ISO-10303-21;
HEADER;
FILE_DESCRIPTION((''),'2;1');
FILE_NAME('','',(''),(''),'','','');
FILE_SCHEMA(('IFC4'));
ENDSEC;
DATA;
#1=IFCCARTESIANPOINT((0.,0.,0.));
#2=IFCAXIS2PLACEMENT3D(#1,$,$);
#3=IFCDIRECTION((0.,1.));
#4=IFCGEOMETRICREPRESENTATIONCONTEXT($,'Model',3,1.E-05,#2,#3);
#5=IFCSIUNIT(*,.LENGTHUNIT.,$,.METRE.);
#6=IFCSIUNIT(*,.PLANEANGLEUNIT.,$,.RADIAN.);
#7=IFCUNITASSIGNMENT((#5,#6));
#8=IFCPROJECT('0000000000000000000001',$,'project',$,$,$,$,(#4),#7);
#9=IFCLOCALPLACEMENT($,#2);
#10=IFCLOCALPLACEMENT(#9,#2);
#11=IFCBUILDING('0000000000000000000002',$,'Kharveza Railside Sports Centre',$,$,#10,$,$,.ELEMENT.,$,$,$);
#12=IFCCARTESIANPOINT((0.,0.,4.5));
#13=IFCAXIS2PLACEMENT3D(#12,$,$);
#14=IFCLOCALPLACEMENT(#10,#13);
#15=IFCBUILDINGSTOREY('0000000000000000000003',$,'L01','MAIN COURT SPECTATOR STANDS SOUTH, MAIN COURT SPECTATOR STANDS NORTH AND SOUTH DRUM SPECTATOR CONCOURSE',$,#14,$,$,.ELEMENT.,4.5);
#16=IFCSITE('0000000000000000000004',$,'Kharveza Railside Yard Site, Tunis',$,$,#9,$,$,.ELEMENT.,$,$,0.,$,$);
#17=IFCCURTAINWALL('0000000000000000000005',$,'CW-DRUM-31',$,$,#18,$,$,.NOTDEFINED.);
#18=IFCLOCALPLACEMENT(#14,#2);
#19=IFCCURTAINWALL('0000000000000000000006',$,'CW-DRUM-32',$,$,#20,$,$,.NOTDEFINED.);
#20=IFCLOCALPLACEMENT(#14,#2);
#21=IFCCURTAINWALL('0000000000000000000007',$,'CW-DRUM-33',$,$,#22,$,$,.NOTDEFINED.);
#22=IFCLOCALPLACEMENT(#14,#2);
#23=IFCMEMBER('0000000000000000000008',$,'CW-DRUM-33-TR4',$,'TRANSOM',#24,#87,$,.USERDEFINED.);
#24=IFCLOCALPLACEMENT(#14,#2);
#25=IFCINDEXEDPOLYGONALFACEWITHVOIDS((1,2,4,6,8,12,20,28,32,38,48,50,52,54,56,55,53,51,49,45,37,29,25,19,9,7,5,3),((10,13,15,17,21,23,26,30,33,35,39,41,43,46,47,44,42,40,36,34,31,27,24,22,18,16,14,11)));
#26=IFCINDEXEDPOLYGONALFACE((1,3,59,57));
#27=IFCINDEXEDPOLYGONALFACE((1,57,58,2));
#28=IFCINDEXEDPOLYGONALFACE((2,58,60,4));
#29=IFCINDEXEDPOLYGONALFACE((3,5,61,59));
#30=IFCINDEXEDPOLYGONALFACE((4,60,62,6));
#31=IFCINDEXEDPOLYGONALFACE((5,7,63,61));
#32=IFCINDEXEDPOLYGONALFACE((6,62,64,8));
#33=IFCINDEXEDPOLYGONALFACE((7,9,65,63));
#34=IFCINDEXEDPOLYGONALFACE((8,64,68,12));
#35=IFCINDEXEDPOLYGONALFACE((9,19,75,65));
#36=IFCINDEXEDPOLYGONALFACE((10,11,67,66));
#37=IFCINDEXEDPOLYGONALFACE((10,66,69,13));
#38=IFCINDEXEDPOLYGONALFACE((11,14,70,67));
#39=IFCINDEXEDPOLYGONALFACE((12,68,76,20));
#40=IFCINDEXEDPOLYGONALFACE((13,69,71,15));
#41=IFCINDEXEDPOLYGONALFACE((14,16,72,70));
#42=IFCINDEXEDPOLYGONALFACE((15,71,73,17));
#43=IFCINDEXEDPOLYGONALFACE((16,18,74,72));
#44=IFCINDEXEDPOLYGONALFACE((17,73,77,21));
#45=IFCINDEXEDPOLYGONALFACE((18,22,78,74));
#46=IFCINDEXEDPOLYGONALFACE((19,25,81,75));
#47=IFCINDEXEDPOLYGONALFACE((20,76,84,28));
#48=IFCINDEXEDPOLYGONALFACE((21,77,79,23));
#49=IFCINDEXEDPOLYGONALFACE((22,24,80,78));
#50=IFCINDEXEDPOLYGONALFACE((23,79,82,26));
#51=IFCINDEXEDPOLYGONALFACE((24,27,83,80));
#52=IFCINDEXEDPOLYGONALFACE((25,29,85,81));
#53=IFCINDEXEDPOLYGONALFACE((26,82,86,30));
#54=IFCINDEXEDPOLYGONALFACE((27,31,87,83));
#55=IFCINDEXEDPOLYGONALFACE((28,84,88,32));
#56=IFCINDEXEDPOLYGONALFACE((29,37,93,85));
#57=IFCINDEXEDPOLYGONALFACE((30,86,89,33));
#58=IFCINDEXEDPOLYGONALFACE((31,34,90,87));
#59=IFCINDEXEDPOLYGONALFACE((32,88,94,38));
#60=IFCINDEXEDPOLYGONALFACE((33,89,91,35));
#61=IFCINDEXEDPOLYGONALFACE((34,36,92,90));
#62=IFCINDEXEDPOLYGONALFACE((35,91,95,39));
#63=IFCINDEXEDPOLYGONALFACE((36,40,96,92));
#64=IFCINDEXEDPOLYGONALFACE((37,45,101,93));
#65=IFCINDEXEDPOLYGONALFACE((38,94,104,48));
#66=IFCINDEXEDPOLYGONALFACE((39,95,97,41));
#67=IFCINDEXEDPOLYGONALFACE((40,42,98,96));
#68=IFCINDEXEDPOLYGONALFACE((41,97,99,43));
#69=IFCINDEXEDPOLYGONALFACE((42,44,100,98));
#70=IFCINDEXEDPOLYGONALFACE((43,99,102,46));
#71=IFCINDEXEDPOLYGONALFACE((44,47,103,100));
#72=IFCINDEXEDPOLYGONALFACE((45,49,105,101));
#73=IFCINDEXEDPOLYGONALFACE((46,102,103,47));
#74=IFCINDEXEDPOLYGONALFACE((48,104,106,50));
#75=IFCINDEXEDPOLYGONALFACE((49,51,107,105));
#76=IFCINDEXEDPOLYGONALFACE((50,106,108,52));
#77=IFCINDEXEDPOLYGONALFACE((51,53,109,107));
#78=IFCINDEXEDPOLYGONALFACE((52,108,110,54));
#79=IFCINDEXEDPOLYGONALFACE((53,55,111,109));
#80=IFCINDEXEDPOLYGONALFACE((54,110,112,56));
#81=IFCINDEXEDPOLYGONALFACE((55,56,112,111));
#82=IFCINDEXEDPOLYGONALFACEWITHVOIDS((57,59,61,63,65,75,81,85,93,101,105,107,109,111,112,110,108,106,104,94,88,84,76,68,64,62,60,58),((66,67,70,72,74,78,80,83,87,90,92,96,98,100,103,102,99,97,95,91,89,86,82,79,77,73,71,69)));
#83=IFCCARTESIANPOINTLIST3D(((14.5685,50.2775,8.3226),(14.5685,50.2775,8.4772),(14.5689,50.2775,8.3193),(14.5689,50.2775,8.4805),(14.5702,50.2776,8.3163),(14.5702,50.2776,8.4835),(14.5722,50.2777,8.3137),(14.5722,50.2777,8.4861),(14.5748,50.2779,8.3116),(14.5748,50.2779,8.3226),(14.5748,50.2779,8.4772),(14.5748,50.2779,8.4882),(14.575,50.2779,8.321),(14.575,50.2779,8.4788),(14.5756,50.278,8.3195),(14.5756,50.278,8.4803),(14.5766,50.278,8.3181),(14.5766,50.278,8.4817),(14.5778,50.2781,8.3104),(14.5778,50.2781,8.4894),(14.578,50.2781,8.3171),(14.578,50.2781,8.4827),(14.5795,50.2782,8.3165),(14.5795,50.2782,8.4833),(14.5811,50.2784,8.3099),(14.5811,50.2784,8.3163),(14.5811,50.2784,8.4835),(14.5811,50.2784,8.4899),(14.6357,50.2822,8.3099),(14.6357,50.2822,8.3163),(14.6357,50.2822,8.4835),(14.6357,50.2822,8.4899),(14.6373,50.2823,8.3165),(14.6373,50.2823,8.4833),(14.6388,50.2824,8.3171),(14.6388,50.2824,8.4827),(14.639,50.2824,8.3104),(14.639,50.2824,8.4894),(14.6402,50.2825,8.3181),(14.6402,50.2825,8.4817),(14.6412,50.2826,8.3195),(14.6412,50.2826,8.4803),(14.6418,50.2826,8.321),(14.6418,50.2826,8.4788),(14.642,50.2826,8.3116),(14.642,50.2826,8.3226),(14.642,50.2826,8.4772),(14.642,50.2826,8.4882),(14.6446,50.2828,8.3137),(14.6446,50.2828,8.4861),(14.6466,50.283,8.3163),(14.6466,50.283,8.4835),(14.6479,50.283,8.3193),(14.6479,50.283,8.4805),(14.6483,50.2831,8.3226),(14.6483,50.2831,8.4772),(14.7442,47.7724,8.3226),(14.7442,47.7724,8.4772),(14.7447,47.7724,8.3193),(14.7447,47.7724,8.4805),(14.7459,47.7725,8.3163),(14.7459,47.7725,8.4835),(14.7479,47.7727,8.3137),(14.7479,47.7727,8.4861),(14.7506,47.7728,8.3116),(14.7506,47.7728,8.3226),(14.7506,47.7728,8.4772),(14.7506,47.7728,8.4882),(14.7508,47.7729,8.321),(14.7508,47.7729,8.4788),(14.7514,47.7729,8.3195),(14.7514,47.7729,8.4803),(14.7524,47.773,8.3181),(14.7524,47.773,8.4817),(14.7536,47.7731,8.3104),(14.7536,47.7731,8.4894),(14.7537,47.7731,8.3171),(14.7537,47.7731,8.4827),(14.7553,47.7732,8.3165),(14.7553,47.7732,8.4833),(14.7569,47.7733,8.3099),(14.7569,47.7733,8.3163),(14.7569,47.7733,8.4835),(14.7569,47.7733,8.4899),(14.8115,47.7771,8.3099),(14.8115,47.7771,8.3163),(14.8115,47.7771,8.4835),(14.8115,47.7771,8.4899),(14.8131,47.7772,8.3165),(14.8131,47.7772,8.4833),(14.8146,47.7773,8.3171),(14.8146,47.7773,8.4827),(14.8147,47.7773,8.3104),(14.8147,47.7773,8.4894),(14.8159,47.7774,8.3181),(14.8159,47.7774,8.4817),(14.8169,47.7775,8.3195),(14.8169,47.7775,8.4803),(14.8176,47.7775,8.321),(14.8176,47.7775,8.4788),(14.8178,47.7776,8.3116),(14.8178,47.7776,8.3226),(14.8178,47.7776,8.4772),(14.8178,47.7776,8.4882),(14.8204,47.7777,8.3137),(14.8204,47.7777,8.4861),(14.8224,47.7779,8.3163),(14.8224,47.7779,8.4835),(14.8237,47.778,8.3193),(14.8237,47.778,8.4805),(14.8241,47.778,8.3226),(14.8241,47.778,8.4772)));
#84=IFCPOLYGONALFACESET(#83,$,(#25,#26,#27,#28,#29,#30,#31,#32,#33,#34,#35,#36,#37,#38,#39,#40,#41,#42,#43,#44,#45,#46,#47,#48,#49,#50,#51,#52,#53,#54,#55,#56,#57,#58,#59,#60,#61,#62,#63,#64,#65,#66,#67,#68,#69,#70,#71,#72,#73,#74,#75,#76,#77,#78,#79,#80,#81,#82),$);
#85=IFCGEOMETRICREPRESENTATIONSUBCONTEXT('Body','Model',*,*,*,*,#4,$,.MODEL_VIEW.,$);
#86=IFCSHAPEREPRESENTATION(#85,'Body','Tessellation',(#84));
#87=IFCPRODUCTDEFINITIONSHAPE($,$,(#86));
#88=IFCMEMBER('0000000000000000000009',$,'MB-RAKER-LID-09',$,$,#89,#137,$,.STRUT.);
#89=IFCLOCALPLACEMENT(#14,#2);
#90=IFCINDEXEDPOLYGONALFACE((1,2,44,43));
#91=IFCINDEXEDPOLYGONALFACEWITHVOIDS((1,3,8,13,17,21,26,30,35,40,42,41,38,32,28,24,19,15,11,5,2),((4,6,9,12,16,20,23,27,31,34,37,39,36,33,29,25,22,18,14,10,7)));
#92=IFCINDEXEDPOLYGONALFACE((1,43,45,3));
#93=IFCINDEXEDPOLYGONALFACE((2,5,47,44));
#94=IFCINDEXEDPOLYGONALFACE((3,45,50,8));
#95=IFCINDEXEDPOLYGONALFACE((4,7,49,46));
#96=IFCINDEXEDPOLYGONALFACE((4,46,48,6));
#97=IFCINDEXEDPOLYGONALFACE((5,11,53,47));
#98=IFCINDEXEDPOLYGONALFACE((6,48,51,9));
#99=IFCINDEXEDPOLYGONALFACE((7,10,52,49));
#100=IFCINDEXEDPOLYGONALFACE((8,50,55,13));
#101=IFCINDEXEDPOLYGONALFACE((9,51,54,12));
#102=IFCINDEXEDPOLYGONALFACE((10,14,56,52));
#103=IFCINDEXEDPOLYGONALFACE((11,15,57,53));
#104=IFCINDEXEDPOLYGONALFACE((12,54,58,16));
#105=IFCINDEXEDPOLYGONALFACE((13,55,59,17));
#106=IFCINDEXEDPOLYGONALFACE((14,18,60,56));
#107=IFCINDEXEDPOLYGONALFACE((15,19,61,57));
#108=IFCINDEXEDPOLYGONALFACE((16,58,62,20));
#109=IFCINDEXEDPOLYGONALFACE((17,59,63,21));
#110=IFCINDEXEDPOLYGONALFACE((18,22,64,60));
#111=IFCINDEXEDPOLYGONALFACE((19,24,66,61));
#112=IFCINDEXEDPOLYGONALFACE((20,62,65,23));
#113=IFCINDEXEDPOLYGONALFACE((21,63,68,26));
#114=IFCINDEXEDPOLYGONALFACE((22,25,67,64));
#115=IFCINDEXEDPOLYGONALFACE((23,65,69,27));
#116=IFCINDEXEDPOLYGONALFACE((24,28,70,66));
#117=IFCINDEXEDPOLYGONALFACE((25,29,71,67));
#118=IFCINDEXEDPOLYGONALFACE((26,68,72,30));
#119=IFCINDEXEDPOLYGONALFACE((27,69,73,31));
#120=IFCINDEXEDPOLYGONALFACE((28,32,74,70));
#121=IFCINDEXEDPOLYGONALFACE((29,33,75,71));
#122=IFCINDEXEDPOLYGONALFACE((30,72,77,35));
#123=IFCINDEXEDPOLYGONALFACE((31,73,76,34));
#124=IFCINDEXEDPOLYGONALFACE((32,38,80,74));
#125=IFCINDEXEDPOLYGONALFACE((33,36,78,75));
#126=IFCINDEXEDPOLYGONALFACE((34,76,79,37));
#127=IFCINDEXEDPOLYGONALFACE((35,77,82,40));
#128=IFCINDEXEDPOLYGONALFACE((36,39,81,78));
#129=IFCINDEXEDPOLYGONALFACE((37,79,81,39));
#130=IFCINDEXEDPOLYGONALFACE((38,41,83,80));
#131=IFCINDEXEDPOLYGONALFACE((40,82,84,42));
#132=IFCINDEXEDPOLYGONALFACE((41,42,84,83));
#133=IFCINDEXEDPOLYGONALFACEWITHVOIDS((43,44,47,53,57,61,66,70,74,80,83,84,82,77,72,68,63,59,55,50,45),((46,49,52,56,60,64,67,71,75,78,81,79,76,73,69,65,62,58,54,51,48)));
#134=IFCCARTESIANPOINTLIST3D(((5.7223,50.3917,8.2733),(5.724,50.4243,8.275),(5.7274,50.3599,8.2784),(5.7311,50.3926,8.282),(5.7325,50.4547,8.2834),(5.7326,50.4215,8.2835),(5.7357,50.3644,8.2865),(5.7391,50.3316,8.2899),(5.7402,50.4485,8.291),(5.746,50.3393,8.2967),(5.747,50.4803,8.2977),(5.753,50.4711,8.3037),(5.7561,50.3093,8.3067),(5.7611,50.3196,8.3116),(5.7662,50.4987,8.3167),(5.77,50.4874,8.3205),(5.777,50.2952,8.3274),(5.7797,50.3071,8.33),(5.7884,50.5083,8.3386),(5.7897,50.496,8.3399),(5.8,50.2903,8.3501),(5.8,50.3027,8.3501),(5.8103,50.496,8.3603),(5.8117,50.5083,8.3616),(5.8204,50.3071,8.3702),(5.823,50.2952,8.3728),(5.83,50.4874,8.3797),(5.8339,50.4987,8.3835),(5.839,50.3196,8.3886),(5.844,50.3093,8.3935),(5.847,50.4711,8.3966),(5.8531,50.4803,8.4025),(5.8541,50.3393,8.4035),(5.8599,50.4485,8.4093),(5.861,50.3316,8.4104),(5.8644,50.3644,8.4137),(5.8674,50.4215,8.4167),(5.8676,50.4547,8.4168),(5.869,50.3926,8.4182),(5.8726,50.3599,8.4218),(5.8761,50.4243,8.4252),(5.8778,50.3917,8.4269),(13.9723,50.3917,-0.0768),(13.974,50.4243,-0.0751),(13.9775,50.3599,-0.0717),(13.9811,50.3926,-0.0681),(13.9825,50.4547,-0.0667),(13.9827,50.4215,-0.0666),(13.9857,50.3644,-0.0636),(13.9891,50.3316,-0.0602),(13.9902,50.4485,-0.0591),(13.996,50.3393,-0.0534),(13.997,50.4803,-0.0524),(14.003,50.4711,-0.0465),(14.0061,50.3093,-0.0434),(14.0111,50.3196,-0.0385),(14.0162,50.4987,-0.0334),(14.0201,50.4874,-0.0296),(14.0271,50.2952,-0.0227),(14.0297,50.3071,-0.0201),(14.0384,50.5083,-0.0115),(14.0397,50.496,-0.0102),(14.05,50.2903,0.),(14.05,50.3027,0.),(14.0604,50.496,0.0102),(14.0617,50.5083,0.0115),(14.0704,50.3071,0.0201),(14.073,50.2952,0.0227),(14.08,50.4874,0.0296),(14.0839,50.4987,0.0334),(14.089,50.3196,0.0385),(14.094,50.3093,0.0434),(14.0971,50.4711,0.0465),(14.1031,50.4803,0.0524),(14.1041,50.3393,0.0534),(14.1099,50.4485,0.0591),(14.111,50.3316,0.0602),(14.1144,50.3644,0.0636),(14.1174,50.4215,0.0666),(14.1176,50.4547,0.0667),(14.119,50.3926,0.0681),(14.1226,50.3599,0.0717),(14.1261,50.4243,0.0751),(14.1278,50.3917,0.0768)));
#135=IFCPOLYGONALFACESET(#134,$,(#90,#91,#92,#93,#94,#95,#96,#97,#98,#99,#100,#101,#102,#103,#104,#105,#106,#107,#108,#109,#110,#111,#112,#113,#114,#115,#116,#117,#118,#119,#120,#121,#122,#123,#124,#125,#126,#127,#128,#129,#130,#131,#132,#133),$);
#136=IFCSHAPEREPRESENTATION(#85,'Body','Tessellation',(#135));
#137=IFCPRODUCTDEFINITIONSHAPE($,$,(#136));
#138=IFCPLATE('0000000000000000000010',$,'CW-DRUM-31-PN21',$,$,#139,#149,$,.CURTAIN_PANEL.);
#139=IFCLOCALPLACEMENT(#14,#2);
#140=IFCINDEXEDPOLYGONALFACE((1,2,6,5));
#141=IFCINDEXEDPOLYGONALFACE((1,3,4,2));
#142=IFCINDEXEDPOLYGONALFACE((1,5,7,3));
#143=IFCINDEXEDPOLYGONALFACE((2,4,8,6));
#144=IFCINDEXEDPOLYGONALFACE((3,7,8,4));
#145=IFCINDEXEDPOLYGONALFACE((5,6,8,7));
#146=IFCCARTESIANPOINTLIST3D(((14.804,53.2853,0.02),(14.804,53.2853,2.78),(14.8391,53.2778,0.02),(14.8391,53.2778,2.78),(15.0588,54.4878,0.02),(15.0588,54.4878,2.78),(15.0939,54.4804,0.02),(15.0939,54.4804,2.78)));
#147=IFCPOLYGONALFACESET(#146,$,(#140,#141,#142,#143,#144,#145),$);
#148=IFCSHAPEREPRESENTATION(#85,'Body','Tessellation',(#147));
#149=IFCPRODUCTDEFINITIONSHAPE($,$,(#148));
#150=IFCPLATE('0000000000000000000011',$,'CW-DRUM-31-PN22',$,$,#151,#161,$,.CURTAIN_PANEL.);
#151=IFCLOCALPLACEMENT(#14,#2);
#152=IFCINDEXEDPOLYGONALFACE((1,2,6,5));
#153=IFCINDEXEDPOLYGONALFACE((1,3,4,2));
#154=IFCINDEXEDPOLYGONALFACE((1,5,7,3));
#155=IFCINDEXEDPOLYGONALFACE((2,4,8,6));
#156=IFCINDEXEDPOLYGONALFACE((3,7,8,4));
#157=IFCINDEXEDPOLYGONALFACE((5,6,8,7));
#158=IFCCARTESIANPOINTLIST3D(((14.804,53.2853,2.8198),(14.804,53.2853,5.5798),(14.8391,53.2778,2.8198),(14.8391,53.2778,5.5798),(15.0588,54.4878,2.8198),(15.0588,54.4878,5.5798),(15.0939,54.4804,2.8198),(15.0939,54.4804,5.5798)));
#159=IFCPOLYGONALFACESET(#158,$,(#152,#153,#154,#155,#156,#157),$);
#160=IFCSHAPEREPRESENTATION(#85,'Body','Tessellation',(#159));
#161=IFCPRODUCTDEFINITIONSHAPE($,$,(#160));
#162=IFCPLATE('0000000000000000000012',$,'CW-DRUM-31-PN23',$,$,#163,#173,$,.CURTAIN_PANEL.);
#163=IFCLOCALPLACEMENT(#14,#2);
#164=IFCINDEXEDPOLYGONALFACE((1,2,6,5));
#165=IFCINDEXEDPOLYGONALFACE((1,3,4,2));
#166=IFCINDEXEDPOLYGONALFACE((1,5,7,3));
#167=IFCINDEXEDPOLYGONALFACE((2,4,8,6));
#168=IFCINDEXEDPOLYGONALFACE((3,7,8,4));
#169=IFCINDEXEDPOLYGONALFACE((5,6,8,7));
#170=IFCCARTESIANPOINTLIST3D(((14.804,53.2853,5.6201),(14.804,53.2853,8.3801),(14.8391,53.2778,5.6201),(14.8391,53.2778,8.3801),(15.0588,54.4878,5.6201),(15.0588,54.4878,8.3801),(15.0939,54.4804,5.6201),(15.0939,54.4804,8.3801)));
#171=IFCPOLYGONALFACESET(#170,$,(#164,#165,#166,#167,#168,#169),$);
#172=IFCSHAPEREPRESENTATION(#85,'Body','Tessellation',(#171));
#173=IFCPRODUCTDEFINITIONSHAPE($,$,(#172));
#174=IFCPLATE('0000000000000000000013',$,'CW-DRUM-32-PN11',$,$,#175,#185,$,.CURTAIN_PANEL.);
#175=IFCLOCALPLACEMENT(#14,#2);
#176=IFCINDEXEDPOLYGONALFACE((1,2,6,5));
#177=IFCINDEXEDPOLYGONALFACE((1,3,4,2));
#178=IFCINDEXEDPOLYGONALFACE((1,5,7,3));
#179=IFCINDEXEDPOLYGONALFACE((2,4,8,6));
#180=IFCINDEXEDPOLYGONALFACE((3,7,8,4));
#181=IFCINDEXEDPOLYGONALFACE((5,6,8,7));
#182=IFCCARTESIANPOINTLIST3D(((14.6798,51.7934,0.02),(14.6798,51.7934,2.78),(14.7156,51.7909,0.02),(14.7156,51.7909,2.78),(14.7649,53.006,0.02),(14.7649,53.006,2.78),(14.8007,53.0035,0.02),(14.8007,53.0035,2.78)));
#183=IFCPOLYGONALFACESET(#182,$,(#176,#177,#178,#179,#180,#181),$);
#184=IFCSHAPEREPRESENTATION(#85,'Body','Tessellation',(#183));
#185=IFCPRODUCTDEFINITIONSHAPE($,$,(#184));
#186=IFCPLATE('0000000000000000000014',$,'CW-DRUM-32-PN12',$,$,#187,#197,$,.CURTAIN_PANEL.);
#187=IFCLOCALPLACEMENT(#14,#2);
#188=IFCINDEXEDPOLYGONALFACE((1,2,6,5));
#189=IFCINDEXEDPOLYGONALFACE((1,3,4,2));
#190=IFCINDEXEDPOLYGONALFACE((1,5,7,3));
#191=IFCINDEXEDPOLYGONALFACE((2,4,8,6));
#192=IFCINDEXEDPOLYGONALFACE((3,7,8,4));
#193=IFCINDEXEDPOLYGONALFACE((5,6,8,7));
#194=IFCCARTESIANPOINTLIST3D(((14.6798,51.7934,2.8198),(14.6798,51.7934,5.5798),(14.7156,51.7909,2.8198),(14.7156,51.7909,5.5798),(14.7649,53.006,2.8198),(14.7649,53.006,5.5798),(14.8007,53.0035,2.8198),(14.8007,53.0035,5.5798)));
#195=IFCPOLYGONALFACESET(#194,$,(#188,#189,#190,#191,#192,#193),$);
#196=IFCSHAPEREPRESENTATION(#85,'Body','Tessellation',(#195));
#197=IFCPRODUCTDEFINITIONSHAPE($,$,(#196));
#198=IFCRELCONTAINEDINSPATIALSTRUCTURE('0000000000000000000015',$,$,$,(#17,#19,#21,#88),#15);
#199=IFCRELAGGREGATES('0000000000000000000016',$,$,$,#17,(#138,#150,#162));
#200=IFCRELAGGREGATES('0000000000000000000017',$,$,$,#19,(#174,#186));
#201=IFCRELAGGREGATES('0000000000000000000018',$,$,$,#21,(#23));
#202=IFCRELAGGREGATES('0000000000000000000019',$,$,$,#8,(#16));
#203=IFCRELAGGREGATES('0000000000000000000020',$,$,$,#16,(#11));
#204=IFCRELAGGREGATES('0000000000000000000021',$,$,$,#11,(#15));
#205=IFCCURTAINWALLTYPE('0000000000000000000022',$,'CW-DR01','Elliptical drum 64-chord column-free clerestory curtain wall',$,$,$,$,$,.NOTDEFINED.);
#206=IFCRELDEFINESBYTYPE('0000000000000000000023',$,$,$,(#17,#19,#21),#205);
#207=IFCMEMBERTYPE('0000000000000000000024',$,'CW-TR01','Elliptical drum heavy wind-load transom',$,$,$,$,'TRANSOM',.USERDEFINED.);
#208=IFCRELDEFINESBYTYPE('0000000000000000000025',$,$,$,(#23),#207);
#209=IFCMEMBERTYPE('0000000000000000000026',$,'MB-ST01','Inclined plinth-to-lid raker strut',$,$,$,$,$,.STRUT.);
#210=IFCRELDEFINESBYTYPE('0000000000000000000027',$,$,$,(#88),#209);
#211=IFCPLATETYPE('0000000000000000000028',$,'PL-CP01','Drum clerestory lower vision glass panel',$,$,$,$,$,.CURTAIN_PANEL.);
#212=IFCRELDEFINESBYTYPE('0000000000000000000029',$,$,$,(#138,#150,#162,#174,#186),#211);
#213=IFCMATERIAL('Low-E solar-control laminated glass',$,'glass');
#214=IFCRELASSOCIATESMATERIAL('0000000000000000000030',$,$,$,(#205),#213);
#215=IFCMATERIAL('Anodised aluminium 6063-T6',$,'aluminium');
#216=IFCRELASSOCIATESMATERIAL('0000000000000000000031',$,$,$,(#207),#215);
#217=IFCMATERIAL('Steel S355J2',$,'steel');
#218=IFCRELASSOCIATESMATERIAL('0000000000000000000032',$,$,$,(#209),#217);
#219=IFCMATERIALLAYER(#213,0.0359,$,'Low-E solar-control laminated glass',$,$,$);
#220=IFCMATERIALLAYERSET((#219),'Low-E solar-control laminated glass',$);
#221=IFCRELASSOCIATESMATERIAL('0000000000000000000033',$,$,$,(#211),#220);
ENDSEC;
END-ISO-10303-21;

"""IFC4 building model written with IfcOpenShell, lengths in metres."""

from ifc_helpers import new_model, si_unit, direction, frame, origin, origin_2d, place, context, subcontext, project, spatial, rectangle, hollow_rectangle, hollow_circle, extrude, material, layer, layer_set, material_profile, profile_set, type_object, element, aggregate, save


model = new_model("IFC4")

# Units and contexts
model_context = context("Model", 3, precision=1e-05, world=origin(), true_north=direction((0.0, 1.0)))
body_context = subcontext(model_context, "Body", "Model", "MODEL_VIEW")
ifc_project = project(units=[si_unit("LENGTHUNIT", "METRE"), si_unit("PLANEANGLEUNIT", "RADIAN")], contexts=[model_context])

# Site, building, storey
site_placement = place(None, origin())
site = spatial("IfcSite", under=ifc_project, at=site_placement, Name="Kharveza Railside Yard Site, Tunis", CompositionType="ELEMENT", RefElevation=0.0)
building_placement = place(site_placement, origin())
building = spatial("IfcBuilding", under=site, at=building_placement, Name="Kharveza Railside Sports Centre", CompositionType="ELEMENT")
storey_placement = place(building_placement, frame((0.0, 0.0, 4.5)))
storey = spatial("IfcBuildingStorey", under=building, at=storey_placement, Name="L01", Description="MAIN COURT SPECTATOR STANDS SOUTH, MAIN COURT SPECTATOR STANDS NORTH AND SOUTH DRUM SPECTATOR CONCOURSE", CompositionType="ELEMENT", Elevation=4.5)

# Curtain wall
ifc_material_1 = material(Name="Low-E solar-control laminated glass", Category="glass")
curtain_wall_type = type_object("IfcCurtainWallType", Name="CW-DR01", Description="Elliptical drum 64-chord column-free clerestory curtain wall", PredefinedType="NOTDEFINED", material=ifc_material_1)
curtain_wall_1_placement = place(storey_placement, origin())
curtain_wall_1 = element("IfcCurtainWall", 1, at=curtain_wall_1_placement, inside=storey, type_object=curtain_wall_type, Name="CW-DRUM-31", PredefinedType="NOTDEFINED")
ifc_material_2 = material(Name="Anodised aluminium 6063-T6", Category="aluminium")

# Curtain wall
curtain_wall_2_placement = place(storey_placement, origin())
curtain_wall_2 = element("IfcCurtainWall", 2, at=curtain_wall_2_placement, inside=storey, type_object=curtain_wall_type, Name="CW-DRUM-32", PredefinedType="NOTDEFINED")

# Curtain wall
curtain_wall_3_placement = place(storey_placement, origin())
curtain_wall_3 = element("IfcCurtainWall", 3, at=curtain_wall_3_placement, inside=storey, type_object=curtain_wall_type, Name="CW-DRUM-33", PredefinedType="NOTDEFINED")

# Members
ifc_material_profile_1 = material_profile(ifc_material_2, hollow_rectangle(XDim=0.0801, YDim=0.1799, WallThickness=0.0063, InnerFilletRadius=0.0063, OuterFilletRadius=0.0127, at=origin_2d()), Name="RHS 80x180x6.3")
ifc_profile_set_1 = profile_set([ifc_material_profile_1], Name="Anodised aluminium 6063-T6")
member_type_1 = type_object("IfcMemberType", Name="CW-TR01", Description="Elliptical drum heavy wind-load transom", ElementType="TRANSOM", PredefinedType="USERDEFINED", material=ifc_profile_set_1)
member_1_placement = place(storey_placement, frame((14.6084, 50.2803, 8.3999), z_axis=(0.069996, -0.997547, 0.0), x_axis=(0.997547, 0.069996, 0.0)))
member_1 = element("IfcMember", 4, at=member_1_placement, type_object=member_type_1, Name="CW-DRUM-33-TR4", ObjectType="TRANSOM", PredefinedType="USERDEFINED", context=body_context, shape_type="SweptSolid", body=[
    extrude(hollow_rectangle(XDim=0.0801, YDim=0.1799, WallThickness=0.0063, InnerFilletRadius=0.0063, OuterFilletRadius=0.0127, at=origin_2d()), origin(), (0.0, 0.0, 1.0), 2.5112),
])
ifc_material_3 = material(Name="Steel S355J2", Category="steel")
ifc_material_profile_2 = material_profile(ifc_material_3, hollow_circle(Radius=0.1096, WallThickness=0.0125, at=origin_2d()), Name="CHS 219.1x12.5")
ifc_profile_set_2 = profile_set([ifc_material_profile_2], Name="Steel S355J2")
member_type_2 = type_object("IfcMemberType", Name="MB-ST01", Description="Inclined plinth-to-lid raker strut", PredefinedType="STRUT", material=ifc_profile_set_2)
member_2_placement = place(storey_placement, frame((14.05, 50.3999, 0.0), z_axis=(-0.70283, 0.0, 0.711358), x_axis=(0.0, -1.0, 0.0)))
element("IfcMember", 5, at=member_2_placement, inside=storey, type_object=member_type_2, Name="MB-RAKER-LID-09", PredefinedType="STRUT", context=body_context, shape_type="SweptSolid", body=[
    extrude(hollow_circle(Radius=0.1096, WallThickness=0.0125, at=origin_2d()), origin(), (0.0, 0.0, 1.0), 11.7383),
])

# Plates
ifc_layer_1 = layer(ifc_material_1, 0.0359, Name="Low-E solar-control laminated glass")
ifc_layer_set_1 = layer_set([ifc_layer_1], Name="Low-E solar-control laminated glass")
plate_type_1 = type_object("IfcPlateType", Name="PL-CP01", Description="Drum clerestory lower vision glass panel", PredefinedType="CURTAIN_PANEL", material=ifc_layer_set_1)
plate_1_placement = place(storey_placement, frame((14.949, 53.8828, 0.02), z_axis=(0.0, 0.0, 1.0), x_axis=(-0.207297, -0.978278, 0.0)))
plate_1 = element("IfcPlate", 6, at=plate_1_placement, type_object=plate_type_1, Name="CW-DRUM-31-PN21", PredefinedType="CURTAIN_PANEL", context=body_context, shape_type="SweptSolid", body=[
    extrude(rectangle(XDim=1.2292, YDim=0.0359, at=origin_2d()), origin(), (0.0, 0.0, 1.0), 2.76),
])
plate_2_placement = place(storey_placement, frame((14.949, 53.8828, 2.8198), z_axis=(0.0, 0.0, 1.0), x_axis=(-0.207297, -0.978278, 0.0)))
plate_2 = element("IfcPlate", 7, at=plate_2_placement, type_object=plate_type_1, Name="CW-DRUM-31-PN22", PredefinedType="CURTAIN_PANEL", context=body_context, shape_type="SweptSolid", body=[
    extrude(rectangle(XDim=1.2292, YDim=0.0359, at=origin_2d()), origin(), (0.0, 0.0, 1.0), 2.76),
])
plate_3_placement = place(storey_placement, frame((14.949, 53.8828, 5.6201), z_axis=(0.0, 0.0, 1.0), x_axis=(-0.207297, -0.978278, 0.0)))
plate_3 = element("IfcPlate", 8, at=plate_3_placement, type_object=plate_type_1, Name="CW-DRUM-31-PN23", PredefinedType="CURTAIN_PANEL", context=body_context, shape_type="SweptSolid", body=[
    extrude(rectangle(XDim=1.2292, YDim=0.0359, at=origin_2d()), origin(), (0.0, 0.0, 1.0), 2.76),
])
aggregate(curtain_wall_1, [plate_1, plate_2, plate_3])
plate_4_placement = place(storey_placement, frame((14.7402, 52.3984, 0.02), z_axis=(0.0, 0.0, 1.0), x_axis=(-0.070018, -0.997546, 0.0)))
plate_4 = element("IfcPlate", 9, at=plate_4_placement, type_object=plate_type_1, Name="CW-DRUM-32-PN11", PredefinedType="CURTAIN_PANEL", context=body_context, shape_type="SweptSolid", body=[
    extrude(rectangle(XDim=1.2156, YDim=0.0359, at=origin_2d()), origin(), (0.0, 0.0, 1.0), 2.76),
])
plate_5_placement = place(storey_placement, frame((14.7402, 52.3984, 2.8198), z_axis=(0.0, 0.0, 1.0), x_axis=(-0.070018, -0.997546, 0.0)))
plate_5 = element("IfcPlate", 10, at=plate_5_placement, type_object=plate_type_1, Name="CW-DRUM-32-PN12", PredefinedType="CURTAIN_PANEL", context=body_context, shape_type="SweptSolid", body=[
    extrude(rectangle(XDim=1.2156, YDim=0.0359, at=origin_2d()), origin(), (0.0, 0.0, 1.0), 2.76),
])
aggregate(curtain_wall_2, [plate_4, plate_5])
aggregate(curtain_wall_3, [member_1])

save(model, "model.ifc")
